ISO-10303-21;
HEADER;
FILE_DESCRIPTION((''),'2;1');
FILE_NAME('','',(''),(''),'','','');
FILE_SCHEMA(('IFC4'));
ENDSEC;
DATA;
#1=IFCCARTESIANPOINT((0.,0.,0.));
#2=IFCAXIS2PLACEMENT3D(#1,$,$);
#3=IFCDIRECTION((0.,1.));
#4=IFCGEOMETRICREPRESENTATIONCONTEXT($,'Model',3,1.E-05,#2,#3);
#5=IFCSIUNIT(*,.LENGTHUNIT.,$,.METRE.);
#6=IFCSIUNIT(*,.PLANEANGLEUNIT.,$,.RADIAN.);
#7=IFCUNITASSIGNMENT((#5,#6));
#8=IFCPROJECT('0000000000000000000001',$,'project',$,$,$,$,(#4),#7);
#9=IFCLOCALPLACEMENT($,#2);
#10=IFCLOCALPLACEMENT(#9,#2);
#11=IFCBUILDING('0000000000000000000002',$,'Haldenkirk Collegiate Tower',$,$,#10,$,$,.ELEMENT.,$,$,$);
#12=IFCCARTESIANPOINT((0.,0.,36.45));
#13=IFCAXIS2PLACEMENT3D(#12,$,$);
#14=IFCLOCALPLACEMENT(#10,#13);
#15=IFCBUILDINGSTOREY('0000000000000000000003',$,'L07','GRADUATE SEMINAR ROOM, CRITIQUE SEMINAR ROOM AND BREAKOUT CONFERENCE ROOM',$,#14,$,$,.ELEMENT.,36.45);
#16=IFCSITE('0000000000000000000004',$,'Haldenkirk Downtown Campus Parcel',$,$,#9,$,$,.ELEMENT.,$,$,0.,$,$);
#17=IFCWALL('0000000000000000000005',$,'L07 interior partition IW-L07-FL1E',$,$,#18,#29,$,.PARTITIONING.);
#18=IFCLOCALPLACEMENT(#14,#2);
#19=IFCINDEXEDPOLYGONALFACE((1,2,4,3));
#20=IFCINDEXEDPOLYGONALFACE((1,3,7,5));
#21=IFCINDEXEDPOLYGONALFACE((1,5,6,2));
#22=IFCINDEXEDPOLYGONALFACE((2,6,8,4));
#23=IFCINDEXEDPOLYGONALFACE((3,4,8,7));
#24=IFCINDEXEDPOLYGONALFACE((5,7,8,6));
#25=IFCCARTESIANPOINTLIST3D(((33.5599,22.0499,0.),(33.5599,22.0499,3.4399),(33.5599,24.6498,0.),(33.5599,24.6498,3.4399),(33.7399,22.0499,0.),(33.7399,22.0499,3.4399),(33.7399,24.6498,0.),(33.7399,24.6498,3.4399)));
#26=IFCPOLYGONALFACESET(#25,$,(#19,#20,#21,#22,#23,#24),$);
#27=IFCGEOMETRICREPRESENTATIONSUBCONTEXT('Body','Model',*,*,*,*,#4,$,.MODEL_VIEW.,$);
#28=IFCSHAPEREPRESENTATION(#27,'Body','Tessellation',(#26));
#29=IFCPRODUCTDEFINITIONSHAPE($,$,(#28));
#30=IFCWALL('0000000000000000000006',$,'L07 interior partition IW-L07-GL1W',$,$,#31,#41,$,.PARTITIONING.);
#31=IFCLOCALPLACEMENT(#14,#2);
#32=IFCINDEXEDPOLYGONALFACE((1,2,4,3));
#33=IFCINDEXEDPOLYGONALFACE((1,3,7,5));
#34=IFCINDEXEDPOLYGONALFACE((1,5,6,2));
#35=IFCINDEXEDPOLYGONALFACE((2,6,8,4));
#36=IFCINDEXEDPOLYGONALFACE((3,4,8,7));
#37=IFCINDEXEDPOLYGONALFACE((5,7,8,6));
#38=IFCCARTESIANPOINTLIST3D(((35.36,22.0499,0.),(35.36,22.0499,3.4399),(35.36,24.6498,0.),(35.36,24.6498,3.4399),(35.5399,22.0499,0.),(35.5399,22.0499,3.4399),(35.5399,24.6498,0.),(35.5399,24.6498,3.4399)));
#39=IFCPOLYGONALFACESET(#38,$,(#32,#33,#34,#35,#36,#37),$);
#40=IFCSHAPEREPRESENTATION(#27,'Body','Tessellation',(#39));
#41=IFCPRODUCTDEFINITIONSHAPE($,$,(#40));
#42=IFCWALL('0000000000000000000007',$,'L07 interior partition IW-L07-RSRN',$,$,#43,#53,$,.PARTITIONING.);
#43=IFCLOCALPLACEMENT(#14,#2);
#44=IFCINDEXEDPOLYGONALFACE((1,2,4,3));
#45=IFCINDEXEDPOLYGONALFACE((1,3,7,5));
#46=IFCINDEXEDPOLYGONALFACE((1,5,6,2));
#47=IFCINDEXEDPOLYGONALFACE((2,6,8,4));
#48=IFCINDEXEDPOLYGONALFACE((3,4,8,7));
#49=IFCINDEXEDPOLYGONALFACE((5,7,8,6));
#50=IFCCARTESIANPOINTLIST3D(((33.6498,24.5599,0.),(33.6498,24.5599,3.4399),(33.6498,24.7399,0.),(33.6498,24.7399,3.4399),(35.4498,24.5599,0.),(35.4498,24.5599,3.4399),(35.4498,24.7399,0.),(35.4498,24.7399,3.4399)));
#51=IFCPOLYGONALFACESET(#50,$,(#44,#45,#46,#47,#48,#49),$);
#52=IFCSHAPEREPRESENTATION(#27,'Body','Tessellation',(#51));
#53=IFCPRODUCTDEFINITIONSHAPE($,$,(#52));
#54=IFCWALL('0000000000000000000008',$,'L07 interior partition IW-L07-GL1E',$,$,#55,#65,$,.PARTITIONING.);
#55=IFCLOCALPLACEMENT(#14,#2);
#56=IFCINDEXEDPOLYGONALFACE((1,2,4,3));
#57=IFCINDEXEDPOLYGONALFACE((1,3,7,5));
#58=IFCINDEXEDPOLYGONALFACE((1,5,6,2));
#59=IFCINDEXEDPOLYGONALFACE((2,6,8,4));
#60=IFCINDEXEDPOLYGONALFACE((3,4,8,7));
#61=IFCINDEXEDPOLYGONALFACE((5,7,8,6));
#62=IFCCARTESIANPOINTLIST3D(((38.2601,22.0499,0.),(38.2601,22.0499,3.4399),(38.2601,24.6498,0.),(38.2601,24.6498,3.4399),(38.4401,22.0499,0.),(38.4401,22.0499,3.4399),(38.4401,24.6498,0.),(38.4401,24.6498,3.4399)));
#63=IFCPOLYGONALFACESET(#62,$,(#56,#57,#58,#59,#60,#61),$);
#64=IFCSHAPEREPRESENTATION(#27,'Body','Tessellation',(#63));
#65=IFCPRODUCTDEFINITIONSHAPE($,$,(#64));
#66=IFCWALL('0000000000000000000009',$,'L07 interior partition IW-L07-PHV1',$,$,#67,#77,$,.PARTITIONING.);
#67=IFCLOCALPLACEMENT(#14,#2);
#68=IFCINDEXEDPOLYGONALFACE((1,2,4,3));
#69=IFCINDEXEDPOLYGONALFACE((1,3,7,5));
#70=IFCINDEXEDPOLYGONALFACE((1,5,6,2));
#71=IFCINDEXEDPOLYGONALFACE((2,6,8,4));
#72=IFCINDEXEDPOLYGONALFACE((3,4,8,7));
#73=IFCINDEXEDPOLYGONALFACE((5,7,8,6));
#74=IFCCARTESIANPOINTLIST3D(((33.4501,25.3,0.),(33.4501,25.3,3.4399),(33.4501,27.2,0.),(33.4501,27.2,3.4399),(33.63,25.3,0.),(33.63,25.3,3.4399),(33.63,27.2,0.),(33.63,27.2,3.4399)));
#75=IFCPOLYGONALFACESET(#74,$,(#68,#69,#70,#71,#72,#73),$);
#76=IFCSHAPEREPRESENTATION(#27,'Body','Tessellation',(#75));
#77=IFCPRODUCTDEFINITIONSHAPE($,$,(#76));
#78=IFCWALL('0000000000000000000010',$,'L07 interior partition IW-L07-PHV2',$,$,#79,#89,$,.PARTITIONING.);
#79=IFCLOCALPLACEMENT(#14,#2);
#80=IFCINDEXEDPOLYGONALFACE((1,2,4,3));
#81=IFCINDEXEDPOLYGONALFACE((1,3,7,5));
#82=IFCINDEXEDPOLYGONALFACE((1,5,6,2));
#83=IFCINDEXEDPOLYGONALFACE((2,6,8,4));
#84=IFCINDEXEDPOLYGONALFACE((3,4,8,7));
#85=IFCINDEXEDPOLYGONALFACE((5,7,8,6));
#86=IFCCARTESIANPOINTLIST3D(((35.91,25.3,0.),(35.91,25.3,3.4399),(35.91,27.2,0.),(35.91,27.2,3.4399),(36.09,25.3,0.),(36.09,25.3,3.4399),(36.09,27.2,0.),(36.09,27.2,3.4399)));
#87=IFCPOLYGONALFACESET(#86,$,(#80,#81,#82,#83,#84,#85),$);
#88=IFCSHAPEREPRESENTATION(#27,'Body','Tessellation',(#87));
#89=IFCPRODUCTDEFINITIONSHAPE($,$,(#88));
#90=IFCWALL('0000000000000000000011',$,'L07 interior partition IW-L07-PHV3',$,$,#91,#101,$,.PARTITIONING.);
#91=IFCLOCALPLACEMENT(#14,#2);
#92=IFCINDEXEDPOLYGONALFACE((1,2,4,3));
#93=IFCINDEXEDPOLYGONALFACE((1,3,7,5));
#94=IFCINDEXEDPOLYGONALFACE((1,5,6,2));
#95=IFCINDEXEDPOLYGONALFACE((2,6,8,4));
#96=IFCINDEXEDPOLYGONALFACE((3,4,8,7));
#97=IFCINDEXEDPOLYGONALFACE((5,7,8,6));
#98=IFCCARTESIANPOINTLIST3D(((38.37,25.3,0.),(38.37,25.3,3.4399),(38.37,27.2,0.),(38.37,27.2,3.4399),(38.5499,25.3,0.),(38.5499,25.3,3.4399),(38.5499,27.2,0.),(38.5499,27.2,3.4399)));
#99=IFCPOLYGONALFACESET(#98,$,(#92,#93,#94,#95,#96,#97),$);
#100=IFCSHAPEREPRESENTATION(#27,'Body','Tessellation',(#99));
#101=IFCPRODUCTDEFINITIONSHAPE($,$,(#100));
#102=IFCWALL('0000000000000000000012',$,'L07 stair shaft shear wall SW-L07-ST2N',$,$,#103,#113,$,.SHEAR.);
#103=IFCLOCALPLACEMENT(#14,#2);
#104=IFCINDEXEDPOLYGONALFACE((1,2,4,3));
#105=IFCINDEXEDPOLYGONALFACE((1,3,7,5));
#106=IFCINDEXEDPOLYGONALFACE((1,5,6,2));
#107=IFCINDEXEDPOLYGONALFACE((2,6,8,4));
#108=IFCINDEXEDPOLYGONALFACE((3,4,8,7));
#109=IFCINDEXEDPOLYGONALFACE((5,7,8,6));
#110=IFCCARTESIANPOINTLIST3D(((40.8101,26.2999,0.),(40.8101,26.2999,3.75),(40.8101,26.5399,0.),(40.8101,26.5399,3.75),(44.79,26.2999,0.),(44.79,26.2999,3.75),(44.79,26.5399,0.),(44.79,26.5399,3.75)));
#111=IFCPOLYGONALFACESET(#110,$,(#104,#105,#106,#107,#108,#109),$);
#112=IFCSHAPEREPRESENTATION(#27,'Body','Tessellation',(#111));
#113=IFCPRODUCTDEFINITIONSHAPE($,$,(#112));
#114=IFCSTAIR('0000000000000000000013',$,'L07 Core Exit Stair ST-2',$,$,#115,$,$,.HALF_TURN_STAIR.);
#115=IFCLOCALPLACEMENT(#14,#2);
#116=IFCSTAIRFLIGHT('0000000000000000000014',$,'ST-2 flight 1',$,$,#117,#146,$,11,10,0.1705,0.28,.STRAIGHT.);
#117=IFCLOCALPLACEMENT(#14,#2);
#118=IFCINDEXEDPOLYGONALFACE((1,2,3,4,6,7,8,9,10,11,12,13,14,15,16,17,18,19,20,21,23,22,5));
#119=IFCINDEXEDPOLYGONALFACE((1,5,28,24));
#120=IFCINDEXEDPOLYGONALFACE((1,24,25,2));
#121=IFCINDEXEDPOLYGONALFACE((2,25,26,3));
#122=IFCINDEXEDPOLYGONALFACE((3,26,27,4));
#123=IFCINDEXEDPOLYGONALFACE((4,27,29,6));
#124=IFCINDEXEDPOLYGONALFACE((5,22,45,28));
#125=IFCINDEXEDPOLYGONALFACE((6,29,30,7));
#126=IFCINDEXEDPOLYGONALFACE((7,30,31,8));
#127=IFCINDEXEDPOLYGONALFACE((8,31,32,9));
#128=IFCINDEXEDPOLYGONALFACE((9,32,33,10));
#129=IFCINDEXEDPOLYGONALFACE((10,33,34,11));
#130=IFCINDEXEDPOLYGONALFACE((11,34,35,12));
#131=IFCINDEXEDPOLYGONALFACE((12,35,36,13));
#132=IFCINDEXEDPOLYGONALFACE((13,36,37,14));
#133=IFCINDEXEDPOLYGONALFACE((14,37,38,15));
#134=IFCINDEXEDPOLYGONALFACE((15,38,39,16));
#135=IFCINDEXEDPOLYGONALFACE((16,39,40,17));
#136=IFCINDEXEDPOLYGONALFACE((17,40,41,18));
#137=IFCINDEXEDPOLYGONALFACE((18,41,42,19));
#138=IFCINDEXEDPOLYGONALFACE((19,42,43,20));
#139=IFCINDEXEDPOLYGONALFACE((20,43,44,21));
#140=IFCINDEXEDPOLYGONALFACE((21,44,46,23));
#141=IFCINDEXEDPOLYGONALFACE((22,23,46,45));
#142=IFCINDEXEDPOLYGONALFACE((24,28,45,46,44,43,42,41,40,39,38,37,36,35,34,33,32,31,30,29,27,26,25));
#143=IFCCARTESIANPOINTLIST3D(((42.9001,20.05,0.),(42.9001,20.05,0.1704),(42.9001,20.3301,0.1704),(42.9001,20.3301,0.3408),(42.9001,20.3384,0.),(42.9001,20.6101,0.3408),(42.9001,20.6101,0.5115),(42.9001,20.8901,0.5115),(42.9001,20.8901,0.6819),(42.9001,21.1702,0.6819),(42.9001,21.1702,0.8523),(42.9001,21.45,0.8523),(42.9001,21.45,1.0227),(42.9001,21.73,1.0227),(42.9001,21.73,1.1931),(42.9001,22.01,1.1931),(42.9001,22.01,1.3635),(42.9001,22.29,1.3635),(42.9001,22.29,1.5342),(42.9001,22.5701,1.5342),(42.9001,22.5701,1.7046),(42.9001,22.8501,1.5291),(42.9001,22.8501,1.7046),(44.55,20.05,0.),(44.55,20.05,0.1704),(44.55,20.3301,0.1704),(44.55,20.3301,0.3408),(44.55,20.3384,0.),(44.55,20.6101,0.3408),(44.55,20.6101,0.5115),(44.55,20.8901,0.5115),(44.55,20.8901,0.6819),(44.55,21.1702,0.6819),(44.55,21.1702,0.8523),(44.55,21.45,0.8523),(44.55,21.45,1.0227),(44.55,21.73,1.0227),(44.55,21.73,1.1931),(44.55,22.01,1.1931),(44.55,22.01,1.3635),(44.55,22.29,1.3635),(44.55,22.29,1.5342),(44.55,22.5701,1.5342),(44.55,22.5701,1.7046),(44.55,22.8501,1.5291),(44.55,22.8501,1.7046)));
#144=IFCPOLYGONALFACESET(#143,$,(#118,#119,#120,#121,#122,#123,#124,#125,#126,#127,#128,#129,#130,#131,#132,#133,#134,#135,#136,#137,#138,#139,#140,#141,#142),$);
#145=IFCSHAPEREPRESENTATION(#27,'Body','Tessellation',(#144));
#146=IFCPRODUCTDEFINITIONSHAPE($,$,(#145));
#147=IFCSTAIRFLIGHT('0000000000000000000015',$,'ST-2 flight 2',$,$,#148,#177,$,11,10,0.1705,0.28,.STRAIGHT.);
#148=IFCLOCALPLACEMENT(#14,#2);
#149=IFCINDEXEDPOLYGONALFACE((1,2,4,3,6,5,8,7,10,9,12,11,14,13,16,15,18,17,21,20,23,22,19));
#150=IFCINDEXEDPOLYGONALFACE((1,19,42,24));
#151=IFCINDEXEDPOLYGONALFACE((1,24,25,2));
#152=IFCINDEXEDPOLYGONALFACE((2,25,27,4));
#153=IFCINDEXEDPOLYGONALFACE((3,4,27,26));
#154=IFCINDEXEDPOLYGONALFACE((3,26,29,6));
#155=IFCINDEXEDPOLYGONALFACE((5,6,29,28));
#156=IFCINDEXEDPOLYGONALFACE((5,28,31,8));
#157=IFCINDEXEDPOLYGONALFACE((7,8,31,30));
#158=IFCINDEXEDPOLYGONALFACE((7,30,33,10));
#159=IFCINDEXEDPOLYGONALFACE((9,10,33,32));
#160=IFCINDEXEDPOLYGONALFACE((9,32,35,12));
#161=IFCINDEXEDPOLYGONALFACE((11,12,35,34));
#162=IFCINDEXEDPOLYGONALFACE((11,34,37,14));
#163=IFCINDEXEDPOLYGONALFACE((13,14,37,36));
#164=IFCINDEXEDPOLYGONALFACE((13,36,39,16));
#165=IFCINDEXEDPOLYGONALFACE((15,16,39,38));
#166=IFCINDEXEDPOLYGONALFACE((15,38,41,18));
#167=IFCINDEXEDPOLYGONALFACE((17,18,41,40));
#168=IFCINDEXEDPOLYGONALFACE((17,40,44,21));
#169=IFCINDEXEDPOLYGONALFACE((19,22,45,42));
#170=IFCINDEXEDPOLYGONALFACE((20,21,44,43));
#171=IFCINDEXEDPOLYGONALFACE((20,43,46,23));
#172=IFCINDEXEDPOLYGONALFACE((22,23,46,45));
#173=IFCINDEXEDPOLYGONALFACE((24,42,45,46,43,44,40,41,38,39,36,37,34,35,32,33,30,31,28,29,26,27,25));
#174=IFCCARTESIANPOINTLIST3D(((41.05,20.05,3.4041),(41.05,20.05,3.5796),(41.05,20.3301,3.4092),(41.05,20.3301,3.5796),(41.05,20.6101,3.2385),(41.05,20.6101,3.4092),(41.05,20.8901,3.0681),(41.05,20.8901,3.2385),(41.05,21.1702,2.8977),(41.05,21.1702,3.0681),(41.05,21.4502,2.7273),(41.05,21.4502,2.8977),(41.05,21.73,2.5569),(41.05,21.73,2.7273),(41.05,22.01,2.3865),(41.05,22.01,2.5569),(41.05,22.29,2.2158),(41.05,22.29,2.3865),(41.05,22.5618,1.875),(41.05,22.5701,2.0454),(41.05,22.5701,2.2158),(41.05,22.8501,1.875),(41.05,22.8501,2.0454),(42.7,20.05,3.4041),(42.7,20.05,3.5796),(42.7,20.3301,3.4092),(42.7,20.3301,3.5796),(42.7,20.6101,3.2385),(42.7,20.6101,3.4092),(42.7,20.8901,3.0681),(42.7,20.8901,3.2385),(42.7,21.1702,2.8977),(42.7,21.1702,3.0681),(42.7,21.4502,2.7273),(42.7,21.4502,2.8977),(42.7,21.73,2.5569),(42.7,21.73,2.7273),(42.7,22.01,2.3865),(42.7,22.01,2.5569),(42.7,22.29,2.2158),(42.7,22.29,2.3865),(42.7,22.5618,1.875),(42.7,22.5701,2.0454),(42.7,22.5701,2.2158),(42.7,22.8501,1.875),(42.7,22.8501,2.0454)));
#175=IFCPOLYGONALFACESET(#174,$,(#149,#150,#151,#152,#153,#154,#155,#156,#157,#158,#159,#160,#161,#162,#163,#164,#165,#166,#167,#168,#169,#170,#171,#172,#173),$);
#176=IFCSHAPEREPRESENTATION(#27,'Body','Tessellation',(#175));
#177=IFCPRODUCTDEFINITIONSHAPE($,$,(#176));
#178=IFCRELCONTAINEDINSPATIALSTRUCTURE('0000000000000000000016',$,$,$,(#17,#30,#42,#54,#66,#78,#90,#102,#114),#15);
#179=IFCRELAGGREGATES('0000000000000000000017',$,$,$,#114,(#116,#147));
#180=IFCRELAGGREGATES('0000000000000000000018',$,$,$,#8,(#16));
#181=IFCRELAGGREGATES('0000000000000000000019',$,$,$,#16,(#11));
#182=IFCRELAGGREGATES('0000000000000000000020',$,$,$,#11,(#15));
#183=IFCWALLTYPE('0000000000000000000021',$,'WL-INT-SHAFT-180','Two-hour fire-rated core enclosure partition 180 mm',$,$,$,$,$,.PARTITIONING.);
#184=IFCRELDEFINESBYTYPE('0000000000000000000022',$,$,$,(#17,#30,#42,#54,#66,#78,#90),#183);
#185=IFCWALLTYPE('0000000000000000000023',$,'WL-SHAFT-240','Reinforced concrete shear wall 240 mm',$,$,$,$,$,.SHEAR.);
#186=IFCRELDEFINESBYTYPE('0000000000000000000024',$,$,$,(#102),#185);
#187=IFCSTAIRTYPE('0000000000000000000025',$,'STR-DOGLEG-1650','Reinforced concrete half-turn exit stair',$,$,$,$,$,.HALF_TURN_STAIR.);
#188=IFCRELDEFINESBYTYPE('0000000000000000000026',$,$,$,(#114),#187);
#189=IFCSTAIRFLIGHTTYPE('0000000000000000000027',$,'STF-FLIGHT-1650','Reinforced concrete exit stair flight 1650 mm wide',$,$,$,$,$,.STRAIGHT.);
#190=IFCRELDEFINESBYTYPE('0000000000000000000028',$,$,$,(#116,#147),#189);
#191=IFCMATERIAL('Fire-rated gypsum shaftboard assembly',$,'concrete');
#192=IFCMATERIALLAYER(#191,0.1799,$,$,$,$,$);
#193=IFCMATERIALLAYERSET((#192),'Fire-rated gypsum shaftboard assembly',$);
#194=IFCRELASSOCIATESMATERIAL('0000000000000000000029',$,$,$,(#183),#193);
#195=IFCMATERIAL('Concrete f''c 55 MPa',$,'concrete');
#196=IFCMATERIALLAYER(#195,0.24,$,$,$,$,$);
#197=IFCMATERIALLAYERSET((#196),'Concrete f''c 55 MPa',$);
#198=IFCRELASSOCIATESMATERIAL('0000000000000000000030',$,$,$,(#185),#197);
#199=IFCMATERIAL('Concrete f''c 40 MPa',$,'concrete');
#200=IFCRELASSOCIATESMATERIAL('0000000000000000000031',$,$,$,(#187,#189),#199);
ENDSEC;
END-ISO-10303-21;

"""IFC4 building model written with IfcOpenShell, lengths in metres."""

from ifc_helpers import new_model, si_unit, direction, frame, frame_2d, origin, place, context, subcontext, project, spatial, polyline, rectangle, outline, extrude, material, layer, layer_set, type_object, element, aggregate, save


model = new_model("IFC4")

# Units and contexts
model_context = context("Model", 3, precision=1e-05, world=origin(), true_north=direction((0.0, 1.0)))
body_context = subcontext(model_context, "Body", "Model", "MODEL_VIEW")
ifc_project = project(units=[si_unit("LENGTHUNIT", "METRE"), si_unit("PLANEANGLEUNIT", "RADIAN")], contexts=[model_context])

# Site, building, storey
site_placement = place(None, origin())
site = spatial("IfcSite", under=ifc_project, at=site_placement, Name="Haldenkirk Downtown Campus Parcel", CompositionType="ELEMENT", RefElevation=0.0)
building_placement = place(site_placement, origin())
building = spatial("IfcBuilding", under=site, at=building_placement, Name="Haldenkirk Collegiate Tower", CompositionType="ELEMENT")
storey_placement = place(building_placement, frame((0.0, 0.0, 36.45)))
storey = spatial("IfcBuildingStorey", under=building, at=storey_placement, Name="L07", Description="GRADUATE SEMINAR ROOM, CRITIQUE SEMINAR ROOM AND BREAKOUT CONFERENCE ROOM", CompositionType="ELEMENT", Elevation=36.45)

# Walls
ifc_material_1 = material(Name="Fire-rated gypsum shaftboard assembly", Category="concrete")
ifc_layer_1 = layer(ifc_material_1, 0.1799)
ifc_layer_set_1 = layer_set([ifc_layer_1], Name="Fire-rated gypsum shaftboard assembly")
wall_type_1 = type_object("IfcWallType", Name="WL-INT-SHAFT-180", Description="Two-hour fire-rated core enclosure partition 180 mm", PredefinedType="PARTITIONING", material=ifc_layer_set_1)
for number, where, z_axis, x_axis, name in (
    (1, (33.6499, 22.05, 0.0), (0.0, 0.0, 1.0), (0.0, 1.0, 0.0), "L07 interior partition IW-L07-FL1E"),
    (2, (35.45, 22.05, 0.0), (0.0, 0.0, 1.0), (0.0, 1.0, 0.0), "L07 interior partition IW-L07-GL1W"),
):
    element("IfcWall", number, at=place(storey_placement, frame(where, z_axis=z_axis, x_axis=x_axis)), inside=storey, type_object=wall_type_1, Name=name, PredefinedType="PARTITIONING", context=body_context, shape_type="SweptSolid", body=[
        extrude(rectangle(XDim=2.5999, YDim=0.1799, at=frame_2d((1.2998, 0.0))), origin(), (0.0, 0.0, 1.0), 3.4399),
    ])
wall_1_placement = place(storey_placement, frame((33.6499, 24.6499, 0.0), z_axis=(0.0, 0.0, 1.0), x_axis=(1.0, 0.0, 0.0)))
element("IfcWall", 3, at=wall_1_placement, inside=storey, type_object=wall_type_1, Name="L07 interior partition IW-L07-RSRN", PredefinedType="PARTITIONING", context=body_context, shape_type="SweptSolid", body=[
    extrude(rectangle(XDim=1.8, YDim=0.1799, at=frame_2d((0.8999, 0.0))), origin(), (0.0, 0.0, 1.0), 3.4399),
])
wall_2_placement = place(storey_placement, frame((38.3501, 22.05, 0.0), z_axis=(0.0, 0.0, 1.0), x_axis=(0.0, 1.0, 0.0)))
element("IfcWall", 4, at=wall_2_placement, inside=storey, type_object=wall_type_1, Name="L07 interior partition IW-L07-GL1E", PredefinedType="PARTITIONING", context=body_context, shape_type="SweptSolid", body=[
    extrude(rectangle(XDim=2.5999, YDim=0.1799, at=frame_2d((1.2998, 0.0))), origin(), (0.0, 0.0, 1.0), 3.4399),
])
for number, where, z_axis, x_axis, name in (
    (5, (33.54, 25.3, 0.0), (0.0, 0.0, 1.0), (0.0, 1.0, 0.0), "L07 interior partition IW-L07-PHV1"),
    (6, (36.0, 25.3, 0.0), (0.0, 0.0, 1.0), (0.0, 1.0, 0.0), "L07 interior partition IW-L07-PHV2"),
    (7, (38.46, 25.3, 0.0), (0.0, 0.0, 1.0), (0.0, 1.0, 0.0), "L07 interior partition IW-L07-PHV3"),
):
    element("IfcWall", number, at=place(storey_placement, frame(where, z_axis=z_axis, x_axis=x_axis)), inside=storey, type_object=wall_type_1, Name=name, PredefinedType="PARTITIONING", context=body_context, shape_type="SweptSolid", body=[
        extrude(rectangle(XDim=1.8999, YDim=0.1799, at=frame_2d((0.95, 0.0))), origin(), (0.0, 0.0, 1.0), 3.4399),
    ])

# Wall
ifc_material_2 = material(Name="Concrete f'c 55 MPa", Category="concrete")
ifc_layer_2 = layer(ifc_material_2, 0.24)
ifc_layer_set_2 = layer_set([ifc_layer_2], Name="Concrete f'c 55 MPa")
wall_type_2 = type_object("IfcWallType", Name="WL-SHAFT-240", Description="Reinforced concrete shear wall 240 mm", PredefinedType="SHEAR", material=ifc_layer_set_2)
wall_3_placement = place(storey_placement, frame((40.8101, 26.4199, 0.0), z_axis=(0.0, 0.0, 1.0), x_axis=(1.0, 0.0, 0.0)))
element("IfcWall", 8, at=wall_3_placement, inside=storey, type_object=wall_type_2, Name="L07 stair shaft shear wall SW-L07-ST2N", PredefinedType="SHEAR", context=body_context, shape_type="SweptSolid", body=[
    extrude(rectangle(XDim=3.98, YDim=0.24, at=frame_2d((1.99, 0.0))), origin(), (0.0, 0.0, 1.0), 3.75),
])

# Stair, stair flights
ifc_material_3 = material(Name="Concrete f'c 40 MPa", Category="concrete")
stair_type = type_object("IfcStairType", Name="STR-DOGLEG-1650", Description="Reinforced concrete half-turn exit stair", PredefinedType="HALF_TURN_STAIR", material=ifc_material_3)
stair_placement = place(storey_placement, origin())
stair = element("IfcStair", 9, at=stair_placement, inside=storey, type_object=stair_type, Name="L07 Core Exit Stair ST-2", PredefinedType="HALF_TURN_STAIR")
stair_flight_type = type_object("IfcStairFlightType", Name="STF-FLIGHT-1650", Description="Reinforced concrete exit stair flight 1650 mm wide", PredefinedType="STRAIGHT", material=ifc_material_3)
stair_flight_1_placement = place(storey_placement, frame((43.7251, 20.05, 0.0), z_axis=(0.0, 0.0, 1.0), x_axis=(0.0, 1.0, 0.0)))
stair_flight_1 = element("IfcStairFlight", 10, at=stair_flight_1_placement, type_object=stair_flight_type, Name="ST-2 flight 1", NumberOfRisers=11, NumberOfTreads=10, PredefinedType="STRAIGHT", RiserHeight=0.1705, TreadLength=0.28, context=body_context, shape_type="SweptSolid", body=[
    extrude(outline(polyline([(0.0, 0.0), (0.0, 0.1704), (0.28, 0.1704), (0.28, 0.3408), (0.5601, 0.3408), (0.5601, 0.5115), (0.8401, 0.5115), (0.8401, 0.6819), (1.1201, 0.6819), (1.1201, 0.8523), (1.3999, 0.8523), (1.3999, 1.0227), (1.6799, 1.0227), (1.6799, 1.1931), (1.96, 1.1931), (1.96, 1.3635), (2.24, 1.3635), (2.24, 1.5342), (2.52, 1.5342), (2.52, 1.7046), (2.8, 1.7046), (2.8, 1.875), (2.8, 1.5291), (0.2883, 0.0), (0.0, 0.0)])), frame((0.0, 0.825, 0.0), z_axis=(0.0, -1.0, 0.0), x_axis=(1.0, 0.0, 0.0)), (0.0, 0.0, 1.0), 1.6499),
])
stair_flight_2_placement = place(storey_placement, frame((41.875, 22.8501, 1.875), z_axis=(0.0, 0.0, 1.0), x_axis=(0.0, -1.0, 0.0)))
stair_flight_2 = element("IfcStairFlight", 11, at=stair_flight_2_placement, type_object=stair_flight_type, Name="ST-2 flight 2", NumberOfRisers=11, NumberOfTreads=10, PredefinedType="STRAIGHT", RiserHeight=0.1705, TreadLength=0.28, context=body_context, shape_type="SweptSolid", body=[
    extrude(outline(polyline([(0.0, 0.0), (0.0, 0.1704), (0.28, 0.1704), (0.28, 0.3408), (0.5601, 0.3408), (0.5601, 0.5115), (0.8401, 0.5115), (0.8401, 0.6819), (1.1201, 0.6819), (1.1201, 0.8523), (1.3999, 0.8523), (1.3999, 1.0227), (1.6799, 1.0227), (1.6799, 1.1931), (1.96, 1.1931), (1.96, 1.3635), (2.24, 1.3635), (2.24, 1.5342), (2.52, 1.5342), (2.52, 1.7046), (2.8, 1.7046), (2.8, 1.875), (2.8, 1.5291), (0.2883, 0.0), (0.0, 0.0)])), frame((0.0, 0.825, 0.0), z_axis=(0.0, -1.0, 0.0), x_axis=(1.0, 0.0, 0.0)), (0.0, 0.0, 1.0), 1.6499),
])
aggregate(stair, [stair_flight_1, stair_flight_2])

save(model, "model.ifc")
